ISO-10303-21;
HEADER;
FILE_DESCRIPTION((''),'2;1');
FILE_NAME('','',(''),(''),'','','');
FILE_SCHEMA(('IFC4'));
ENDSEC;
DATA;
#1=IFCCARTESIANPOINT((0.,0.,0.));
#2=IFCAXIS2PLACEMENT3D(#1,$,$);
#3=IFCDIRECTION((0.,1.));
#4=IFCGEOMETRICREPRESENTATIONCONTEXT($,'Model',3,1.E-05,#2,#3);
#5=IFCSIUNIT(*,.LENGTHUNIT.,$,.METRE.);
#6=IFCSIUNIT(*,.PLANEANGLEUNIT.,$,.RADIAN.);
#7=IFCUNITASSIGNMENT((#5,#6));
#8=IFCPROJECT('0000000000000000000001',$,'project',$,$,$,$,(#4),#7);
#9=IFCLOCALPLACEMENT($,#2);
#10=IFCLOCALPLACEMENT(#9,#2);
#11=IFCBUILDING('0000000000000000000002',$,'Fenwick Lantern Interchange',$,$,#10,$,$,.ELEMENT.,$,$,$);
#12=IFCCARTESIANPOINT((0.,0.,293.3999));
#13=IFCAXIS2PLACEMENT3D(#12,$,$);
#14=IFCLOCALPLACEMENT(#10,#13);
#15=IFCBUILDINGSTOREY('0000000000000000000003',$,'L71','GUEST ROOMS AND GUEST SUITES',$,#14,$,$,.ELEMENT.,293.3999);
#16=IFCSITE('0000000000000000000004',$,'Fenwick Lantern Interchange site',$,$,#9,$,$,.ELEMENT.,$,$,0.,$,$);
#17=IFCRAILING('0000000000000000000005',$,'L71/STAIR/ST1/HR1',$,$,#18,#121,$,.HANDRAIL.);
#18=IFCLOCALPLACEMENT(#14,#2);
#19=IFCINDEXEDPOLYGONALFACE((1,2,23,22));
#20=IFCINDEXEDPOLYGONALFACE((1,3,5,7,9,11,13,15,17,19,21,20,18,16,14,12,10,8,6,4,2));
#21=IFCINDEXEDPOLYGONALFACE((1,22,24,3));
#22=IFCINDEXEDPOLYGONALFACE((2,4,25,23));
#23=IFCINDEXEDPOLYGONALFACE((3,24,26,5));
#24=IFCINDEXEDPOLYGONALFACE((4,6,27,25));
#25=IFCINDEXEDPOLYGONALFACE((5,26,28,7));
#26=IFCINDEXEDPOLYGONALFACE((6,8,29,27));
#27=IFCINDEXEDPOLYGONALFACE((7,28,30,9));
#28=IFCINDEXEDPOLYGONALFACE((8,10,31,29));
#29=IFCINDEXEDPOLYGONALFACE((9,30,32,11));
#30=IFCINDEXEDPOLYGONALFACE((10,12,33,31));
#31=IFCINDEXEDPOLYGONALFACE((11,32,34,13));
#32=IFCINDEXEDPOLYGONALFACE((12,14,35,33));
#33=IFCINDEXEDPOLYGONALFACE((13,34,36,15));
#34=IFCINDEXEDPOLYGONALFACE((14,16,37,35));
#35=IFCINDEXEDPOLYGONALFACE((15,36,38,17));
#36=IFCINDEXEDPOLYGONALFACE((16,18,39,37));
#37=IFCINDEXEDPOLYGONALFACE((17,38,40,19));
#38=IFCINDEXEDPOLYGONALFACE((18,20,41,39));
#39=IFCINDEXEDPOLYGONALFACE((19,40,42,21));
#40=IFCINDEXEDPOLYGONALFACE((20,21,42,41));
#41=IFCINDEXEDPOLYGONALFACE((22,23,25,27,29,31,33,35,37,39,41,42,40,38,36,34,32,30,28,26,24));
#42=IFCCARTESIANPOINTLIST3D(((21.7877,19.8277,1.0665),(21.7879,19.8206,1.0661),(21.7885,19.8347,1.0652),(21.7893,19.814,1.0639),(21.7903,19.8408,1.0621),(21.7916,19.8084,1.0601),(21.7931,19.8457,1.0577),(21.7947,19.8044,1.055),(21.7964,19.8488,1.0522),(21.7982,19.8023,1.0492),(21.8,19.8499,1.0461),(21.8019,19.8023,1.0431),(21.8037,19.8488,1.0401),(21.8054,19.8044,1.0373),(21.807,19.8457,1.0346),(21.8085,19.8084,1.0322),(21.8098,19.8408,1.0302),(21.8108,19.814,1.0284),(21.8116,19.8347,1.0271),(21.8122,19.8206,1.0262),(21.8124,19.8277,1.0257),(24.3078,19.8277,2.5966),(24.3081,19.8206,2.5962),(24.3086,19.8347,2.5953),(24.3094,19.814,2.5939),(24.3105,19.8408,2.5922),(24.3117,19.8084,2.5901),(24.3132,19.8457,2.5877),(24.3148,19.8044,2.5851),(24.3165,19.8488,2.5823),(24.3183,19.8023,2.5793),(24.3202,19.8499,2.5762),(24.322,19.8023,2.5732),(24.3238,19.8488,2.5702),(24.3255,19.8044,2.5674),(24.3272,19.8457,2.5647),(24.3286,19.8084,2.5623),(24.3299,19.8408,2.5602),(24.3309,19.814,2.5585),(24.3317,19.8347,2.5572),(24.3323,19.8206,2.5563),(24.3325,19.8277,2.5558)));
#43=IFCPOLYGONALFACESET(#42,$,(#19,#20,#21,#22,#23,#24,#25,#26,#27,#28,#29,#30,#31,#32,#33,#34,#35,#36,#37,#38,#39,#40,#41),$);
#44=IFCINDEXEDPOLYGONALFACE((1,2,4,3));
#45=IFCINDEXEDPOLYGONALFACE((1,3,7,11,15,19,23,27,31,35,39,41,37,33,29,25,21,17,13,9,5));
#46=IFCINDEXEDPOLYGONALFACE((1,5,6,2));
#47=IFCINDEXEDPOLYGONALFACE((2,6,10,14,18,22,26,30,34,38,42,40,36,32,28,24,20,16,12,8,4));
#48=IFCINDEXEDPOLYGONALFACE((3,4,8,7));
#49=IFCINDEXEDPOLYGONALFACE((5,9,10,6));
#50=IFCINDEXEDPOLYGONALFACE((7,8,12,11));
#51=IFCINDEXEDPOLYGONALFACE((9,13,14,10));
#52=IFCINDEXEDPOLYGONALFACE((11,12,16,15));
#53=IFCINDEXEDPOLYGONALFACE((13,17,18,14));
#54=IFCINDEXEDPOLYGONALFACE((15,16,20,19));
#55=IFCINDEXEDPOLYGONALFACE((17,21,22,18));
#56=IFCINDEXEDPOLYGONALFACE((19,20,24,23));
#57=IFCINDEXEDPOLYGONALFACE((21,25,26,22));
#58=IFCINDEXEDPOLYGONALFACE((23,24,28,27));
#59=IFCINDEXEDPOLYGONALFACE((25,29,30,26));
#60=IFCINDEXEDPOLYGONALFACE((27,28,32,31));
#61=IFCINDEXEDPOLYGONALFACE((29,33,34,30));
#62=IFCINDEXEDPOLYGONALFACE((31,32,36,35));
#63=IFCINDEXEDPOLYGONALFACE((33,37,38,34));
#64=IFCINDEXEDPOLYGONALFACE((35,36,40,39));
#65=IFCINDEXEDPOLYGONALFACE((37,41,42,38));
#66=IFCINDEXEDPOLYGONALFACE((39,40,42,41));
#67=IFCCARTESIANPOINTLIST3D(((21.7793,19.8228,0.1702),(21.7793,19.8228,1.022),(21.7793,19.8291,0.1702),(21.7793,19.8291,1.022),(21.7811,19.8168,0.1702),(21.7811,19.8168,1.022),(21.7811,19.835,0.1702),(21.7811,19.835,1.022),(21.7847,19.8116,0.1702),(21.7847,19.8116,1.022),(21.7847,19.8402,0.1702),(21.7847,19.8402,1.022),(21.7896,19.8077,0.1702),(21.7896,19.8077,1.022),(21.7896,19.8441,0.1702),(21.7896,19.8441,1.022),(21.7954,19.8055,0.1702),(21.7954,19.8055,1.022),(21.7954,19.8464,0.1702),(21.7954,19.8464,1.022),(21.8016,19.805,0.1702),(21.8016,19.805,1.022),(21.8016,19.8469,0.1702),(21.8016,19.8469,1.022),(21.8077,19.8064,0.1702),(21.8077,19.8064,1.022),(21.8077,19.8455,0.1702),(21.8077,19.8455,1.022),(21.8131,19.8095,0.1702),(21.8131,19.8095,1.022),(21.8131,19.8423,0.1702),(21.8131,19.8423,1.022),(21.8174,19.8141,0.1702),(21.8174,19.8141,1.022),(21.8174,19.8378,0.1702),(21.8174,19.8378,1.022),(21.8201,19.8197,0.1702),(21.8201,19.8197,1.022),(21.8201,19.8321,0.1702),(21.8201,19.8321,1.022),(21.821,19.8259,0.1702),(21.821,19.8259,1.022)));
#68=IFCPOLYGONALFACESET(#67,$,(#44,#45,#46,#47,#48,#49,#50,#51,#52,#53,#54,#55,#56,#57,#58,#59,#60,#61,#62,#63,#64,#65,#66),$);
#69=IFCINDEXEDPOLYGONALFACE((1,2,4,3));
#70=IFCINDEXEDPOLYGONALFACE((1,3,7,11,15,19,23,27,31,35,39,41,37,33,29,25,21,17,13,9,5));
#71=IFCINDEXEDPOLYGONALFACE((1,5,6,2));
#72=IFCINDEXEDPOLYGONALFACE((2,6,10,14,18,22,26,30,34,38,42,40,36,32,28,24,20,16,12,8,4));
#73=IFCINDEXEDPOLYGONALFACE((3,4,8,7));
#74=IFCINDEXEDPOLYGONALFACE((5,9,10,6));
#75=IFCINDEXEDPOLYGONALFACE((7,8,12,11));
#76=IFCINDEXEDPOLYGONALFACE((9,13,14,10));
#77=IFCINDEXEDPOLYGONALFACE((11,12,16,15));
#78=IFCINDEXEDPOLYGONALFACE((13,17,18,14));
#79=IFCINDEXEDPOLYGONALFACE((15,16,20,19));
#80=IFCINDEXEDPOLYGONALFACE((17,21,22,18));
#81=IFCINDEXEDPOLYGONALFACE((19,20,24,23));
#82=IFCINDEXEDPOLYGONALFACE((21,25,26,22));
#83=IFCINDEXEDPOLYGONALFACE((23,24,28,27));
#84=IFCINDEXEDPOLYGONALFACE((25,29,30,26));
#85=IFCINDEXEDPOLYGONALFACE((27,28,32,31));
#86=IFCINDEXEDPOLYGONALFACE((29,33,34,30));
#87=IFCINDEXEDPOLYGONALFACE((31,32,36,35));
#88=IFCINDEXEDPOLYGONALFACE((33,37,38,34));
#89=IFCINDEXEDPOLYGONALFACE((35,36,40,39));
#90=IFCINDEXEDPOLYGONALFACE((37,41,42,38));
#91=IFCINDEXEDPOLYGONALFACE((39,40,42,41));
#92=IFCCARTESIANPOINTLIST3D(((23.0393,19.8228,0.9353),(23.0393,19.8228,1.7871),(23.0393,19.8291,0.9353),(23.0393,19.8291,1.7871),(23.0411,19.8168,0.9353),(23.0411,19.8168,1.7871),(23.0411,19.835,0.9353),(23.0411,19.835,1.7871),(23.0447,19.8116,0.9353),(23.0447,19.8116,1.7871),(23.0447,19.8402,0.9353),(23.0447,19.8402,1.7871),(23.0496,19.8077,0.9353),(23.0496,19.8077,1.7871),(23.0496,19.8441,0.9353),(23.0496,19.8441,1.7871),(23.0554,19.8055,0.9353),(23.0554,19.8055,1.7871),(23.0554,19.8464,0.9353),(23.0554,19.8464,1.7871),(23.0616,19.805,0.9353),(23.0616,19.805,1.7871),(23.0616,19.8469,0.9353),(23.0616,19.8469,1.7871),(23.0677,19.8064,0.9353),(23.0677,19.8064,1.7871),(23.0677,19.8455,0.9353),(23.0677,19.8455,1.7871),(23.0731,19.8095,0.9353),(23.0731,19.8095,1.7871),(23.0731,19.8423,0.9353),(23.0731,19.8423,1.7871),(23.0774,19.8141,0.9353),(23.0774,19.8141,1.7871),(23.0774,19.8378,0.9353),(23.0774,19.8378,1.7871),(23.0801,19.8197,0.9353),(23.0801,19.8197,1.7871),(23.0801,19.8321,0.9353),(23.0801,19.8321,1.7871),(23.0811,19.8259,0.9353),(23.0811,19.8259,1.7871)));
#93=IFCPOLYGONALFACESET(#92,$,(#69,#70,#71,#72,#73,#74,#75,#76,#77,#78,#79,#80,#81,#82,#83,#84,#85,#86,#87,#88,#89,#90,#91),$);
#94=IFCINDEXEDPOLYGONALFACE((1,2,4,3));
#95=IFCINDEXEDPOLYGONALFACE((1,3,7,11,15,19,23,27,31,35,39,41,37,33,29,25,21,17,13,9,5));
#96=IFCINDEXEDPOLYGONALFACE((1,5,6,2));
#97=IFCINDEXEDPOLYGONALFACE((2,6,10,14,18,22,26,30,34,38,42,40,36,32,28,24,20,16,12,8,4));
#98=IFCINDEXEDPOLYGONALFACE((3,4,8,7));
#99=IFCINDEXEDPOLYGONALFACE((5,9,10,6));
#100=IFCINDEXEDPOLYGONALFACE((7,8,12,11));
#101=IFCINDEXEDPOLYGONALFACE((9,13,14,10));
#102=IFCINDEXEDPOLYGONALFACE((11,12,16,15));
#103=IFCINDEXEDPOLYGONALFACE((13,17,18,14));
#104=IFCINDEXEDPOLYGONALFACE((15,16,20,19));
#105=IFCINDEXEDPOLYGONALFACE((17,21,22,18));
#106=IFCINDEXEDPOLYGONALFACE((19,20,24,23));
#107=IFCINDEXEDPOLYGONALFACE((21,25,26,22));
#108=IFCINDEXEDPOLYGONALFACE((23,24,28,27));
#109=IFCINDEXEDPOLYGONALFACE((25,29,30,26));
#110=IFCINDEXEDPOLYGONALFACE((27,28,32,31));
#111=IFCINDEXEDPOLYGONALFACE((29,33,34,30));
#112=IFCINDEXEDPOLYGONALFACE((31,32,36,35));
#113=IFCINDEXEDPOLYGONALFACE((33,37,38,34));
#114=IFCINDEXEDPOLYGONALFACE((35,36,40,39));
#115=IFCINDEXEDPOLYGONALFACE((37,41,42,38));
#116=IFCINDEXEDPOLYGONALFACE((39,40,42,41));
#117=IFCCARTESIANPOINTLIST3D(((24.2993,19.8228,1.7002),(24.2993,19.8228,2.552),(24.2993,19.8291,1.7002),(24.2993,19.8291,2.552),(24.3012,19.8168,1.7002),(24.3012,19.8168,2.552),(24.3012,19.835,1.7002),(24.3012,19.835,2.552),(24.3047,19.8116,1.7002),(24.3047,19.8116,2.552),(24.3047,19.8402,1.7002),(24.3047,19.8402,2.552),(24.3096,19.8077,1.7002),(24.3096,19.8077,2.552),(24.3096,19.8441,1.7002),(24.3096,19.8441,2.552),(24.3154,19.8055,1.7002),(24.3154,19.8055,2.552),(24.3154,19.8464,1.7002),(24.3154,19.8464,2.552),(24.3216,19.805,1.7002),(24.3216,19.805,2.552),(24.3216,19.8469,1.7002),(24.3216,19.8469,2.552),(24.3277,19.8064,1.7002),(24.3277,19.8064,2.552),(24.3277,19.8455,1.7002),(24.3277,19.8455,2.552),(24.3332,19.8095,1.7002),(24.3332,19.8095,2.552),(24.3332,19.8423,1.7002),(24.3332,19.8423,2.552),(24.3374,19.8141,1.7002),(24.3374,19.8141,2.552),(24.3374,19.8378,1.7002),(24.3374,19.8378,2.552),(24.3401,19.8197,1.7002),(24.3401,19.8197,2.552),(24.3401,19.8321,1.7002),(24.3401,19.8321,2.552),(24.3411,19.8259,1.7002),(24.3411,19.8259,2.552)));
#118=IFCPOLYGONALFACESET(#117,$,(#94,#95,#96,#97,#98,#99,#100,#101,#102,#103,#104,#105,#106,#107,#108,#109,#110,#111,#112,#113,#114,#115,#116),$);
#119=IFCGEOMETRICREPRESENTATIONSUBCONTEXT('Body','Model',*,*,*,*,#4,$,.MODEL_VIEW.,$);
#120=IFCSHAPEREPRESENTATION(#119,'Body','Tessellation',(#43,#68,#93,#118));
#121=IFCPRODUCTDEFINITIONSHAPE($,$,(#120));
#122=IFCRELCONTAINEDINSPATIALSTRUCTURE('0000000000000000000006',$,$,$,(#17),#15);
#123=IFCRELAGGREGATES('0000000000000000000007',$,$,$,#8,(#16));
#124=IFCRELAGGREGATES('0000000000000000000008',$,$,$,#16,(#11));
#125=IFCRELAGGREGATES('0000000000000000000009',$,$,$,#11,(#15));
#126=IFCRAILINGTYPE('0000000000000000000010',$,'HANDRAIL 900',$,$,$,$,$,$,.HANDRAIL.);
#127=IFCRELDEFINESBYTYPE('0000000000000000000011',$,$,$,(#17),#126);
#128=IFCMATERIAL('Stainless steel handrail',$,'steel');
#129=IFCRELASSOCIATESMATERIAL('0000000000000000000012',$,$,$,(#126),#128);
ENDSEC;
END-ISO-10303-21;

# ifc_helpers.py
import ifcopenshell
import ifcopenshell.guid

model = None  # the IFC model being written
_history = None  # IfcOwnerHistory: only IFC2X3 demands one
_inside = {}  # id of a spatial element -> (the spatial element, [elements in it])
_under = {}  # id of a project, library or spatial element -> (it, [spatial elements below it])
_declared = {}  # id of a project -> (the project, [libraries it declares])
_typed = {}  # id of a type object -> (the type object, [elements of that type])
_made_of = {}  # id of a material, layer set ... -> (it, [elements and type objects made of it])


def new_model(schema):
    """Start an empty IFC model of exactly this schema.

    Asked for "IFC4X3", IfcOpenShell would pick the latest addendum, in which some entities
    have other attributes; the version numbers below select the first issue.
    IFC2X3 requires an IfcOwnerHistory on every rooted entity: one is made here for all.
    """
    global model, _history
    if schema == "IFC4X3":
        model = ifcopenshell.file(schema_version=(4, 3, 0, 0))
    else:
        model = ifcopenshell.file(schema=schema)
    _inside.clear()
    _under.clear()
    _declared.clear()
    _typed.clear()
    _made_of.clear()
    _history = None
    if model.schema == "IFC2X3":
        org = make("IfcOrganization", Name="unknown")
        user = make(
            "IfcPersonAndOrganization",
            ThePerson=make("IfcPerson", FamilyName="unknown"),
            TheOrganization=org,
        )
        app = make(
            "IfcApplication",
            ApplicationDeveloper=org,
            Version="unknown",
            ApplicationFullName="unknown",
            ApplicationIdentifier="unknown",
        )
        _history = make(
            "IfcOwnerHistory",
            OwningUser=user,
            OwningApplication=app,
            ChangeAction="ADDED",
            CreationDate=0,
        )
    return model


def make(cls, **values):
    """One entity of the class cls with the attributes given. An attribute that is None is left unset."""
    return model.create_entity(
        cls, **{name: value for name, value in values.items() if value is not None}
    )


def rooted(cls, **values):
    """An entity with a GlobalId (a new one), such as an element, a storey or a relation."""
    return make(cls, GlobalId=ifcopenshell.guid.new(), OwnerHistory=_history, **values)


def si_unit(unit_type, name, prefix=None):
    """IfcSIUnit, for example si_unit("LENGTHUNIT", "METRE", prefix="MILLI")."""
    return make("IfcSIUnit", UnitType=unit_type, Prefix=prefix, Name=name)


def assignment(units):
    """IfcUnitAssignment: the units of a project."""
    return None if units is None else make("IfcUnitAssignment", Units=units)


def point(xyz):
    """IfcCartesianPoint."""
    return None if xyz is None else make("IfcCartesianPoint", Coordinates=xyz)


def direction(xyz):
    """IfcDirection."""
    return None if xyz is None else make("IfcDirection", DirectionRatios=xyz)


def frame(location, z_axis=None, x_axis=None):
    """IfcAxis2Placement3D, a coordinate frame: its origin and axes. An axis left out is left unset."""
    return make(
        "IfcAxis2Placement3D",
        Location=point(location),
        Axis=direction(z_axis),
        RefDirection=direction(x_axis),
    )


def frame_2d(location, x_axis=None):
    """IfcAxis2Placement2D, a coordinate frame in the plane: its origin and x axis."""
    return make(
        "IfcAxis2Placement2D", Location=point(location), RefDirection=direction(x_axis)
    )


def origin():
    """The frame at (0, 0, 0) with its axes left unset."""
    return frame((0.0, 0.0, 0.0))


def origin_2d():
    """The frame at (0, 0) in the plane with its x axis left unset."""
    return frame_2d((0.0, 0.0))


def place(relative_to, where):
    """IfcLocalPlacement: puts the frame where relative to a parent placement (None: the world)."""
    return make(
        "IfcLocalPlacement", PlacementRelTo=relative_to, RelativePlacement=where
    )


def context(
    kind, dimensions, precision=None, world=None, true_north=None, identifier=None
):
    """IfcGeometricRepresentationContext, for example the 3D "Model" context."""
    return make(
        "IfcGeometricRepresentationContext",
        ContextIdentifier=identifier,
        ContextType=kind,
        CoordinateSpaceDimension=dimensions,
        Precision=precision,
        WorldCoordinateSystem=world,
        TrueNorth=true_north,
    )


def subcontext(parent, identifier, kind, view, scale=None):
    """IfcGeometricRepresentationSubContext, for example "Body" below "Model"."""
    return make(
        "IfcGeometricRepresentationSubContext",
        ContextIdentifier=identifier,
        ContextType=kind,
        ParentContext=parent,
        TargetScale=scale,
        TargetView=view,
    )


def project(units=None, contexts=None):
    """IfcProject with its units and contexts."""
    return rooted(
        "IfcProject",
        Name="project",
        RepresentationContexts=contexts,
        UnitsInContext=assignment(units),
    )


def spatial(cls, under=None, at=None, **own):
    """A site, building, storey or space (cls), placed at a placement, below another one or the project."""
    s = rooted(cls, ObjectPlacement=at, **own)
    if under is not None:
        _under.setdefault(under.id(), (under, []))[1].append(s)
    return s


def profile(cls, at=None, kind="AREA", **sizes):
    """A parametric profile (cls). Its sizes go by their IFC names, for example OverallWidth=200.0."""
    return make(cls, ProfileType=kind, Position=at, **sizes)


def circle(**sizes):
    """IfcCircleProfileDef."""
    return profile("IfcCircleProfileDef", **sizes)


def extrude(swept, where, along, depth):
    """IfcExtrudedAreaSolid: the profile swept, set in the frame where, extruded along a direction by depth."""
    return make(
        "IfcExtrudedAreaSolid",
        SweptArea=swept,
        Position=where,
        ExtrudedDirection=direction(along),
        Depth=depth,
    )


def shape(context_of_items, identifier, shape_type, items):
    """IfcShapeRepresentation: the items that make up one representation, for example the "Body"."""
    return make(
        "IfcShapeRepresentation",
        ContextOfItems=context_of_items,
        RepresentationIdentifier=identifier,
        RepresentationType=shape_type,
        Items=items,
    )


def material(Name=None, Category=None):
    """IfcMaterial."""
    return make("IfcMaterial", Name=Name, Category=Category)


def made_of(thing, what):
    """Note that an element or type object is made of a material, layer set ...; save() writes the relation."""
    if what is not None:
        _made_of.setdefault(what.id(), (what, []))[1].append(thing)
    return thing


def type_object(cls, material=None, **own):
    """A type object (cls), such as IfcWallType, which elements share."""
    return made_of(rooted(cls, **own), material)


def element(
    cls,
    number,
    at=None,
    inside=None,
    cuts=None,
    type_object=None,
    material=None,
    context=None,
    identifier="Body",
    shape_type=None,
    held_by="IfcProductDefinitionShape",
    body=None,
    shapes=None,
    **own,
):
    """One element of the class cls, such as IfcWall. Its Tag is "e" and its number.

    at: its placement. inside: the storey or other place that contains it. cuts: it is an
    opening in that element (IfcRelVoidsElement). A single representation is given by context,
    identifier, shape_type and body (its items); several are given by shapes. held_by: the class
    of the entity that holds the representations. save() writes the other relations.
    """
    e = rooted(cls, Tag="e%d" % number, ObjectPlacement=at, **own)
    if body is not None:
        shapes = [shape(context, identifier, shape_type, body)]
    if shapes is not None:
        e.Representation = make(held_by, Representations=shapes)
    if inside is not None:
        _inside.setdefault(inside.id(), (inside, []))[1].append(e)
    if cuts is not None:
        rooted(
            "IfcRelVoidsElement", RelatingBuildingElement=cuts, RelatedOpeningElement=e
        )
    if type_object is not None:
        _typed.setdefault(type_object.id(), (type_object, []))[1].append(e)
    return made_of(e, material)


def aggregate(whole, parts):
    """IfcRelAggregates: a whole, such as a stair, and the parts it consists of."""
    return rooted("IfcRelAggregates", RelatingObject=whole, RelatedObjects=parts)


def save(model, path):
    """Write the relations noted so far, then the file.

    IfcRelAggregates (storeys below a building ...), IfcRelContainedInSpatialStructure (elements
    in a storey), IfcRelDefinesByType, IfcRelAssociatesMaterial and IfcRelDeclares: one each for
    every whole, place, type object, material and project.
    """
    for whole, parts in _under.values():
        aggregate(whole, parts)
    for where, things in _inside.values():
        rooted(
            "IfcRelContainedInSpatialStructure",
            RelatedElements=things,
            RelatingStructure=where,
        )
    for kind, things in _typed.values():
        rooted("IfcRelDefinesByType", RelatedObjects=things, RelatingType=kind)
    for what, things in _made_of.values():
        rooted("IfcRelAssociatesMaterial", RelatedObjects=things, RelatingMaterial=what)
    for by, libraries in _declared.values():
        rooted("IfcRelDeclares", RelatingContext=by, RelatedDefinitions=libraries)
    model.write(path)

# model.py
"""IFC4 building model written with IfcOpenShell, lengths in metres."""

from ifc_helpers import new_model, si_unit, direction, frame, origin, origin_2d, place, context, subcontext, project, spatial, circle, extrude, material, type_object, element, save


model = new_model("IFC4")

# Units and contexts
model_context = context("Model", 3, precision=1e-05, world=origin(), true_north=direction((0.0, 1.0)))
body_context = subcontext(model_context, "Body", "Model", "MODEL_VIEW")
ifc_project = project(units=[si_unit("LENGTHUNIT", "METRE"), si_unit("PLANEANGLEUNIT", "RADIAN")], contexts=[model_context])

# Site, building, storey
site_placement = place(None, origin())
site = spatial("IfcSite", under=ifc_project, at=site_placement, Name="Fenwick Lantern Interchange site", CompositionType="ELEMENT", RefElevation=0.0)
building_placement = place(site_placement, origin())
building = spatial("IfcBuilding", under=site, at=building_placement, Name="Fenwick Lantern Interchange", CompositionType="ELEMENT")
storey_placement = place(building_placement, frame((0.0, 0.0, 293.3999)))
storey = spatial("IfcBuildingStorey", under=building, at=storey_placement, Name="L71", Description="GUEST ROOMS AND GUEST SUITES", CompositionType="ELEMENT", Elevation=293.3999)

# Railing
ifc_material_1 = material(Name="Stainless steel handrail", Category="steel")
railing_type = type_object("IfcRailingType", Name="HANDRAIL 900", PredefinedType="HANDRAIL", material=ifc_material_1)
railing_1_placement = place(storey_placement, frame((21.8, 19.8259, 0.1702)))
element("IfcRailing", 1, at=railing_1_placement, inside=storey, type_object=railing_type, Name="L71/STAIR/ST1/HR1", PredefinedType="HANDRAIL", context=body_context, shape_type="SweptSolid", body=[
    extrude(circle(Radius=0.0239, at=origin_2d()), frame((0.0, 0.0, 0.876), z_axis=(0.854785, 0.0, 0.518982), x_axis=(0.0, 1.0, 0.0)), (0.0, 0.0, 1.0), 2.9482),
    extrude(circle(Radius=0.021, at=origin_2d()), origin(), (0.0, 0.0, 1.0), 0.8518),
    extrude(circle(Radius=0.021, at=origin_2d()), frame((1.26, 0.0, 0.7651)), (0.0, 0.0, 1.0), 0.8518),
    extrude(circle(Radius=0.021, at=origin_2d()), frame((2.52, 0.0, 1.53)), (0.0, 0.0, 1.0), 0.8518),
])

save(model, "model.ifc")
